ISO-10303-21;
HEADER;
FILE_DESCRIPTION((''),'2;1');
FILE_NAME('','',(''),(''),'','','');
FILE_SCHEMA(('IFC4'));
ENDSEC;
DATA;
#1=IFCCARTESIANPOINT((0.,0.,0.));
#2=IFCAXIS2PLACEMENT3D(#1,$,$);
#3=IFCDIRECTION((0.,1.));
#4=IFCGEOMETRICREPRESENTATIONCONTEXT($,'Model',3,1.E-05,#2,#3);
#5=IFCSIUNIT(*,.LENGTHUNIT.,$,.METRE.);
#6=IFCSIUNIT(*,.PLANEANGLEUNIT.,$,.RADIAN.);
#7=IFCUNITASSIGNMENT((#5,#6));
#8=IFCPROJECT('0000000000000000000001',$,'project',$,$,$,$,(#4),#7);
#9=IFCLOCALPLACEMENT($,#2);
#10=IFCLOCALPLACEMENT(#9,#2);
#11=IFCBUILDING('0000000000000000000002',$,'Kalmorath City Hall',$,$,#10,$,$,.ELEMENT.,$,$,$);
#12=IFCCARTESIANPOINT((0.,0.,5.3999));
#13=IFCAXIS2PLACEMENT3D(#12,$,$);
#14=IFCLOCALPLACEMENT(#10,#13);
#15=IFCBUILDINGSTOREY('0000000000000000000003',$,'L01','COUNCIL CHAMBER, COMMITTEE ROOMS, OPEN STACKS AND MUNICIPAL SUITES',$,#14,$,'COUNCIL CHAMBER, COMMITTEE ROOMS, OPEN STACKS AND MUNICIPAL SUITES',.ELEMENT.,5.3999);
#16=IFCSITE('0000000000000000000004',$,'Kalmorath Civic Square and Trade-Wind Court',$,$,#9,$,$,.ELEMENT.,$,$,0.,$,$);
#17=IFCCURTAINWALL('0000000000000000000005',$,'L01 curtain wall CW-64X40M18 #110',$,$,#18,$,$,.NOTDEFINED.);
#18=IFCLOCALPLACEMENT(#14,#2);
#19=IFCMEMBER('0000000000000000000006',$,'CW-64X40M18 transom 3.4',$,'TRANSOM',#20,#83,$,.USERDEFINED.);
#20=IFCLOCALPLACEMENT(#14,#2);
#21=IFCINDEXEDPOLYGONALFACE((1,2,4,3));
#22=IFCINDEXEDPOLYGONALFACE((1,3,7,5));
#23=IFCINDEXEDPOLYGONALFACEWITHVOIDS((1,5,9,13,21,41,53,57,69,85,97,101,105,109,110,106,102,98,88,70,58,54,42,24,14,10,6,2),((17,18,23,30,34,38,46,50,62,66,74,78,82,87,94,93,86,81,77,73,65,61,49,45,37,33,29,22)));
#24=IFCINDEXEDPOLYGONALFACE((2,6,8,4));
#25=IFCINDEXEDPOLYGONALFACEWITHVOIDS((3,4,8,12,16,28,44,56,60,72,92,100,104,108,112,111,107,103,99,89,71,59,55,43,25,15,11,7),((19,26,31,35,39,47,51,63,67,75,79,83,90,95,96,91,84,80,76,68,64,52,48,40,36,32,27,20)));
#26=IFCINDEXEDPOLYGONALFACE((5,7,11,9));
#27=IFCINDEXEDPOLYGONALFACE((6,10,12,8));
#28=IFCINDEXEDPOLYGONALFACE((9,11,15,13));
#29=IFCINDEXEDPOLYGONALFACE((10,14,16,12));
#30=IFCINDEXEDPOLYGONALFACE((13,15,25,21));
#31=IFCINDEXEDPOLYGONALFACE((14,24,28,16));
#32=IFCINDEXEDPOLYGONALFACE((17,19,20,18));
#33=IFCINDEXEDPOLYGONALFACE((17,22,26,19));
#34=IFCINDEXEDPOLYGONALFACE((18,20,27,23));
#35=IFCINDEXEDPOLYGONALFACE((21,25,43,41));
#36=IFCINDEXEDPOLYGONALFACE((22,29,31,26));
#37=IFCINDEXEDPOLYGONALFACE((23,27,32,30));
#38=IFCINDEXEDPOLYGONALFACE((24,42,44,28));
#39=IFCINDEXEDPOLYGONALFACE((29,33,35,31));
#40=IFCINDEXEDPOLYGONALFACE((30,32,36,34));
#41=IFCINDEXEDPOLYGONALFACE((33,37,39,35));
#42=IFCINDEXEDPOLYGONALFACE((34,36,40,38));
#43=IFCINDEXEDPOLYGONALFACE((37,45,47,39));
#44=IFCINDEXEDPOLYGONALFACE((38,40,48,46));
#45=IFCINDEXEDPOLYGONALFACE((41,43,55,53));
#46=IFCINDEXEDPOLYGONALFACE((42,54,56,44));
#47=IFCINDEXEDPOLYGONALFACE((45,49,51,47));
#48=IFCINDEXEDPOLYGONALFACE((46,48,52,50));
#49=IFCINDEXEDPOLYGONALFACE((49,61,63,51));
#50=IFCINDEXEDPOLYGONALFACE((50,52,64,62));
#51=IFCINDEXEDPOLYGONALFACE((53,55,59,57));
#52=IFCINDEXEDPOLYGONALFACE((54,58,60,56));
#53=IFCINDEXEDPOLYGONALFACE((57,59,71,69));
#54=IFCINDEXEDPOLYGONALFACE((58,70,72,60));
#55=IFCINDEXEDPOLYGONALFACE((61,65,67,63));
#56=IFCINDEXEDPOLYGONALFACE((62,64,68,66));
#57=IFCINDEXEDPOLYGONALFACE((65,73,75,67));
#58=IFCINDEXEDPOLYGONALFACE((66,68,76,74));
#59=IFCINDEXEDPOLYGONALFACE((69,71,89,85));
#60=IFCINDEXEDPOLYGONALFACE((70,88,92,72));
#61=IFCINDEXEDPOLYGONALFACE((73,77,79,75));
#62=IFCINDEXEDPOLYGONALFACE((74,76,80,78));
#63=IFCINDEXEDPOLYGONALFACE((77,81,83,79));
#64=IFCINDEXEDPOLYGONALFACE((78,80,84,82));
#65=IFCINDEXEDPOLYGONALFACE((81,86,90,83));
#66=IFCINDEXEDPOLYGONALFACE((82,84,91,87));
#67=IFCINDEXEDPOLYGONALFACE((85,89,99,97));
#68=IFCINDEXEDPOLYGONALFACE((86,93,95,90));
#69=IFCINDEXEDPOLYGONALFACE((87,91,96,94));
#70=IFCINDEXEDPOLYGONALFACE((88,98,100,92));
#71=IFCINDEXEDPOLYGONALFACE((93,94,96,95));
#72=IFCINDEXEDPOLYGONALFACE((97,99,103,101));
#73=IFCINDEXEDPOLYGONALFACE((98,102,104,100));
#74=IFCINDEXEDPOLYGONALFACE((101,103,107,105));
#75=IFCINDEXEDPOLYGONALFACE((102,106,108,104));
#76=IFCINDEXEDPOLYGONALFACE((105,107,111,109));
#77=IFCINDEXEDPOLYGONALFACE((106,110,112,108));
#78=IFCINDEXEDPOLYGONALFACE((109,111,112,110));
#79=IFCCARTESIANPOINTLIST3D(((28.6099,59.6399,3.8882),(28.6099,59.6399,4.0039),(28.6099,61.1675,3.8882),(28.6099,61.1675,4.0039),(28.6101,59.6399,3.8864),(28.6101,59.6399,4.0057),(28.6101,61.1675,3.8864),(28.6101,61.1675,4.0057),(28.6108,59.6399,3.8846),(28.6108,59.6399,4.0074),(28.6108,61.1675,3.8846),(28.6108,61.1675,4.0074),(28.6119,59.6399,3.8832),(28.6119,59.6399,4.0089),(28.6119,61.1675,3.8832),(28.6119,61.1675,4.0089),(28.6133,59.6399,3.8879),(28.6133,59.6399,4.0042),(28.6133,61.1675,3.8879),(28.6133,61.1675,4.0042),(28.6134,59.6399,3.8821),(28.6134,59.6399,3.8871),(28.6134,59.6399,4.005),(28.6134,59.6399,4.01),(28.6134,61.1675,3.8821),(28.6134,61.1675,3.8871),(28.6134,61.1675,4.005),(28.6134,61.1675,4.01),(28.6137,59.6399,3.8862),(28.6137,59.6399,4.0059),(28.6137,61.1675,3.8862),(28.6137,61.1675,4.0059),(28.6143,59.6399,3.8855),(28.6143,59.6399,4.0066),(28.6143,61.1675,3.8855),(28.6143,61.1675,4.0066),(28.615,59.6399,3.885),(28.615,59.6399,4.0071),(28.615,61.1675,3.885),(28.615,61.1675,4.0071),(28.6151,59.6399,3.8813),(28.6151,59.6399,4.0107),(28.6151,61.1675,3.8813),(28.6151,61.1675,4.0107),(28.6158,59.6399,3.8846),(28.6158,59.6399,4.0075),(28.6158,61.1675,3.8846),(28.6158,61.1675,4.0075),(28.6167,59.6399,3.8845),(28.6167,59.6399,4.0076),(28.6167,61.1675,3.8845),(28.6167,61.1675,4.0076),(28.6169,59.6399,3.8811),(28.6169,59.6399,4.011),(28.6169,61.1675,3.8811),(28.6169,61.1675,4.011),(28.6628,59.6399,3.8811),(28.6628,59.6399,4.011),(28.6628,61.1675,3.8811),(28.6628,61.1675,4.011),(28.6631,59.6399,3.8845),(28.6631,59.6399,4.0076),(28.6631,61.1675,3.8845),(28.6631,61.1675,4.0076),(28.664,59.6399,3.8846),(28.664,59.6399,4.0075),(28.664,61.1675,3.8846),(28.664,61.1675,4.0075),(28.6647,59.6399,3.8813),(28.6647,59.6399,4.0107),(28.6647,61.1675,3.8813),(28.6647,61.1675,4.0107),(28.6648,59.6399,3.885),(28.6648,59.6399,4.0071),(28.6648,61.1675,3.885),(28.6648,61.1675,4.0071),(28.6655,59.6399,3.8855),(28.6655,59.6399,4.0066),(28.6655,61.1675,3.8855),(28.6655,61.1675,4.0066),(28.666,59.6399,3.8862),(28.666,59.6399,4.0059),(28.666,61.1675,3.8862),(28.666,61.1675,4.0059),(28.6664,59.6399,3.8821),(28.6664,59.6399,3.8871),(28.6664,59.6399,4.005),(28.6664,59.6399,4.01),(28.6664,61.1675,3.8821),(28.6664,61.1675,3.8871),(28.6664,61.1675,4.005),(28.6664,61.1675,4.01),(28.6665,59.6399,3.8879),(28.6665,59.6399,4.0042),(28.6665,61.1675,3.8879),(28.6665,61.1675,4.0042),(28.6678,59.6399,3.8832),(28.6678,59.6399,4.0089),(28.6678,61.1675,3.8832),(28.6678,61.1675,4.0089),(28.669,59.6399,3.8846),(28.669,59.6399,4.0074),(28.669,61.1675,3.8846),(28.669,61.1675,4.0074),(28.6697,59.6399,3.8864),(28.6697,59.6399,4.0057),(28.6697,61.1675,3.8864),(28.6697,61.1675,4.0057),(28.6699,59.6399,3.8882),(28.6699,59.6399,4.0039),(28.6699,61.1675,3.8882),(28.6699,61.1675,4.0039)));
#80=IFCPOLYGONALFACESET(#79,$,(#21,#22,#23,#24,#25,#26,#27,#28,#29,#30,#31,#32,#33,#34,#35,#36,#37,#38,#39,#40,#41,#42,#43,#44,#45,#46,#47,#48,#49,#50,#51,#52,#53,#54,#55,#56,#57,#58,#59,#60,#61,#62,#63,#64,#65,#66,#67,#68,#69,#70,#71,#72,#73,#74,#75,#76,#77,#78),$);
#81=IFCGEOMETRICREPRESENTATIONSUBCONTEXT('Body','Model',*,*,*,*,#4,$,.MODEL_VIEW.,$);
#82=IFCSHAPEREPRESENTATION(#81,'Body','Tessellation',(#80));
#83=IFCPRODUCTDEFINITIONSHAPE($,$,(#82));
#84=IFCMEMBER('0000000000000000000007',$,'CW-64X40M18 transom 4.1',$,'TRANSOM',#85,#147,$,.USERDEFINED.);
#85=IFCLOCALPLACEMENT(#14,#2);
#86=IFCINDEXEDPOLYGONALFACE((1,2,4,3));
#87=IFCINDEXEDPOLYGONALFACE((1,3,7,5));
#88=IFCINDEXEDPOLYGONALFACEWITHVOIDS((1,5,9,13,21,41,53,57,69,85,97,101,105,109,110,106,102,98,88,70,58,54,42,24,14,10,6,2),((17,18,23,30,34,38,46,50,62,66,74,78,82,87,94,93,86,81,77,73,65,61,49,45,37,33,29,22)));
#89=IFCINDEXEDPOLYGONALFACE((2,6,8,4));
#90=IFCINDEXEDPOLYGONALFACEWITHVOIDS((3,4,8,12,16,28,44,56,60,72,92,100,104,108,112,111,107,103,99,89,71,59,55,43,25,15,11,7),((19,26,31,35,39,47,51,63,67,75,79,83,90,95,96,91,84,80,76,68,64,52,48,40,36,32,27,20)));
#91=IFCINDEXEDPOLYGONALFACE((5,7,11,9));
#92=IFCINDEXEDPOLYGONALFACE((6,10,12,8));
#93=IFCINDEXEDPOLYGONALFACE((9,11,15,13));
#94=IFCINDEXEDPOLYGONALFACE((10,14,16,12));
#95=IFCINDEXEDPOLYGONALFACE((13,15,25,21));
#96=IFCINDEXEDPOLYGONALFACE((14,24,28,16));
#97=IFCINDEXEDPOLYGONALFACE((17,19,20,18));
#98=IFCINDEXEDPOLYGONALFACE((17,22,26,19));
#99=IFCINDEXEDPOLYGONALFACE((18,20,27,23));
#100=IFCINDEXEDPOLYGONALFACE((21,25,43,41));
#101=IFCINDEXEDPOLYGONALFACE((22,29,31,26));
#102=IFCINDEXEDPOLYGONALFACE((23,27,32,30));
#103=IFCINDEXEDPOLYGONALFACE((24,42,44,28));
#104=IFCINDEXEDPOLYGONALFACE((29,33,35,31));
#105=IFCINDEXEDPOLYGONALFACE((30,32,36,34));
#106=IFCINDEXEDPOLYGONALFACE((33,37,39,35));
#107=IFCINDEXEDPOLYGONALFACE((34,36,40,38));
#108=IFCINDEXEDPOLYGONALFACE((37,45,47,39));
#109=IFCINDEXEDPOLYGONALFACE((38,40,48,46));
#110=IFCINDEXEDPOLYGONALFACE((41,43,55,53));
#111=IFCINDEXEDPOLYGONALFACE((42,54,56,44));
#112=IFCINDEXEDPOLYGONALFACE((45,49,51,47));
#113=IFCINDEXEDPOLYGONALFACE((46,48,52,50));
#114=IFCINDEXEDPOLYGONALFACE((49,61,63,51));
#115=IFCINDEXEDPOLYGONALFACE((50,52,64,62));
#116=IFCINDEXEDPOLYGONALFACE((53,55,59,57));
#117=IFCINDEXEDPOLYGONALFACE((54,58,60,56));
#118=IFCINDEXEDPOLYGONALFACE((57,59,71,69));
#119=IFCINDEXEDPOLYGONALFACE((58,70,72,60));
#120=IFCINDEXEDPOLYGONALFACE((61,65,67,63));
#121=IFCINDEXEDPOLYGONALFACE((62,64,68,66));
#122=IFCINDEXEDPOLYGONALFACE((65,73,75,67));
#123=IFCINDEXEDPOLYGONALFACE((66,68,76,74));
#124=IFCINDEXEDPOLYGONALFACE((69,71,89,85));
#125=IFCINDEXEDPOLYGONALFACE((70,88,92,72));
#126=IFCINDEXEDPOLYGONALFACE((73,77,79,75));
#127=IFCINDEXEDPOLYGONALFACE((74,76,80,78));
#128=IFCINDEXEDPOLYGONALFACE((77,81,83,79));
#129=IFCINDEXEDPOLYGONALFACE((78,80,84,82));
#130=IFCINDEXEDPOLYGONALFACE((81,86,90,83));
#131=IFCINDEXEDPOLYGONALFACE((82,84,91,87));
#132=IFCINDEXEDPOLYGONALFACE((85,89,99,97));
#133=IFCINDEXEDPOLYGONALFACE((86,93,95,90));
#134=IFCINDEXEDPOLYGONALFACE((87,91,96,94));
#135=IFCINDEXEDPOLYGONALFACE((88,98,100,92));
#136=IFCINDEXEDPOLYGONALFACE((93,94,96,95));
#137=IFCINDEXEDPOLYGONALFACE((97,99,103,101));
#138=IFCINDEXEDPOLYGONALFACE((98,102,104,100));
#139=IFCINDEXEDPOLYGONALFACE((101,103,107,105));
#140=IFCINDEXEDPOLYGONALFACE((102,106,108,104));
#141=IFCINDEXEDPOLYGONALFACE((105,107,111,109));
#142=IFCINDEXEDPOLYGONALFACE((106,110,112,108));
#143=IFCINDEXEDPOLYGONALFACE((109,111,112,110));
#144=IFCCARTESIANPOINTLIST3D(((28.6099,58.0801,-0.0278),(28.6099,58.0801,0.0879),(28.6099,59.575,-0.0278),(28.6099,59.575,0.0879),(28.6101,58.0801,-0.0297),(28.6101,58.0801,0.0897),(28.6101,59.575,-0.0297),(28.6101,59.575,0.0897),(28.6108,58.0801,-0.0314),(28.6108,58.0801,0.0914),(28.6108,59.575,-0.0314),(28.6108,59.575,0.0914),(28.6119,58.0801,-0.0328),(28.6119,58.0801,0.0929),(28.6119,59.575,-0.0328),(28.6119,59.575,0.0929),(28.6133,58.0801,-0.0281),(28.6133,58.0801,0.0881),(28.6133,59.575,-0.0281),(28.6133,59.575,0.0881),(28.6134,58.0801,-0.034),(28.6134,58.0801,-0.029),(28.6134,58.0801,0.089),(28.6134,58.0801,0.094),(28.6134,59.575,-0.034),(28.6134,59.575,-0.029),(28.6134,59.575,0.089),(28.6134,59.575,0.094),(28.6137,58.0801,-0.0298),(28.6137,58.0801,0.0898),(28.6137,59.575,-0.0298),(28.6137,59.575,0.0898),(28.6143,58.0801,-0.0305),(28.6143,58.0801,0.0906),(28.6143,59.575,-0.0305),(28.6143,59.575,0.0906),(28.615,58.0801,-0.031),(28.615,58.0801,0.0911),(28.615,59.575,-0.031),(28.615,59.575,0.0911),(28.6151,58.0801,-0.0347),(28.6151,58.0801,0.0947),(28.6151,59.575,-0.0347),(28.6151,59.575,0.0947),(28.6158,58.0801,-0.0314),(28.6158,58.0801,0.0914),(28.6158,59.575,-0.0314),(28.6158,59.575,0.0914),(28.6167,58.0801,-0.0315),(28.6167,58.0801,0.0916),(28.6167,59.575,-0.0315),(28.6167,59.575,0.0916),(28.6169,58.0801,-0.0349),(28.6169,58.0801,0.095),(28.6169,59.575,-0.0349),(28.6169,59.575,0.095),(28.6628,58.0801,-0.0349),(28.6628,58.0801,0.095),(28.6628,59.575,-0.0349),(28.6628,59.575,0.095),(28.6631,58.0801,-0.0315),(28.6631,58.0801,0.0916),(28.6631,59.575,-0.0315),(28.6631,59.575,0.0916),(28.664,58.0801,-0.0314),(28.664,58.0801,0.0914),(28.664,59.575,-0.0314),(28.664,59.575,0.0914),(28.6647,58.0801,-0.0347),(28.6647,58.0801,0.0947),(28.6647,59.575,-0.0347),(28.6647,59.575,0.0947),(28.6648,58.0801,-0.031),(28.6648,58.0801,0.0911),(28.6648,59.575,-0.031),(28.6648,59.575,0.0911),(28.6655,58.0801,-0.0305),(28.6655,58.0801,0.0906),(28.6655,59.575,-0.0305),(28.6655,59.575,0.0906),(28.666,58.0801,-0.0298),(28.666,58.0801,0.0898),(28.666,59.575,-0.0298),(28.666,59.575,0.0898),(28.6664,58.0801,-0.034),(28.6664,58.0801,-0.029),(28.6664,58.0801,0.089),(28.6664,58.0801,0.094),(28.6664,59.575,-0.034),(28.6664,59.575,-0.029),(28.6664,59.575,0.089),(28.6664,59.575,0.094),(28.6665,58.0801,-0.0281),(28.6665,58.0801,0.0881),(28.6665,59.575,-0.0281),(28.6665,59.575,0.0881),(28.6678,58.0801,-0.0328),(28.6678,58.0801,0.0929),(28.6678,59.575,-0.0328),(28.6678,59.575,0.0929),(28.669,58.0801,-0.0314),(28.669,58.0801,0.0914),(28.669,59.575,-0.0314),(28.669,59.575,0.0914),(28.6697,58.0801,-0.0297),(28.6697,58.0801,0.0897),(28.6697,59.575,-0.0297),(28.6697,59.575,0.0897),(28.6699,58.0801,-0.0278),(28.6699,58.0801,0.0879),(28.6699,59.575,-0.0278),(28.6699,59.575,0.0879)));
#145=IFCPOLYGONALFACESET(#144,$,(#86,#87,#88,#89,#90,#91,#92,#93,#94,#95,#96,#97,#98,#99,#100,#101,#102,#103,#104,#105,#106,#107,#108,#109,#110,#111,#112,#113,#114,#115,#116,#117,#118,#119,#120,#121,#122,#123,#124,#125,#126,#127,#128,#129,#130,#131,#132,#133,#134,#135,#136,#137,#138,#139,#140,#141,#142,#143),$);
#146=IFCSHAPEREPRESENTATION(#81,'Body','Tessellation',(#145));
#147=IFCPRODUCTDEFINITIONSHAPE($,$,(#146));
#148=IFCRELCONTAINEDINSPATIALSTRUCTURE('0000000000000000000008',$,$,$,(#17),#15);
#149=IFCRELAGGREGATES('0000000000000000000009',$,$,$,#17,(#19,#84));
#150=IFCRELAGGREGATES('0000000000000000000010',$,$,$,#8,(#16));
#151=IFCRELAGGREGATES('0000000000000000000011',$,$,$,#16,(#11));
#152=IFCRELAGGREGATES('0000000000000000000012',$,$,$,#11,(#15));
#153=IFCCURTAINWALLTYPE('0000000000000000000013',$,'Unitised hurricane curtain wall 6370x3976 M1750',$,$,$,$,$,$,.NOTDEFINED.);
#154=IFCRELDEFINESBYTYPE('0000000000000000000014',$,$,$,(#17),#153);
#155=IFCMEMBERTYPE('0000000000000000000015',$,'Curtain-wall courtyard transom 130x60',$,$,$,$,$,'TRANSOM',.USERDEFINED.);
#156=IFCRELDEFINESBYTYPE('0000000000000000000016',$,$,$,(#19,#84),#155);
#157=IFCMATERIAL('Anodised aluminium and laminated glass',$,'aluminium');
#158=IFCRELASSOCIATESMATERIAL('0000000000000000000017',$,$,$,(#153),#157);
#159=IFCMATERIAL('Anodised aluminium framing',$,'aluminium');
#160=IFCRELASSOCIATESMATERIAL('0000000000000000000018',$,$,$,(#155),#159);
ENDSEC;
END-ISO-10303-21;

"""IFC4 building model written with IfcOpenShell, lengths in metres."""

from ifc_helpers import new_model, si_unit, direction, frame, origin, origin_2d, place, context, subcontext, project, spatial, hollow_rectangle, extrude, material, material_profile, profile_set, type_object, element, aggregate, save


model = new_model("IFC4")

# Units and contexts
model_context = context("Model", 3, precision=1e-05, world=origin(), true_north=direction((0.0, 1.0)))
body_context = subcontext(model_context, "Body", "Model", "MODEL_VIEW")
ifc_project = project(units=[si_unit("LENGTHUNIT", "METRE"), si_unit("PLANEANGLEUNIT", "RADIAN")], contexts=[model_context])

# Site, building, storey
site_placement = place(None, origin())
site = spatial("IfcSite", under=ifc_project, at=site_placement, Name="Kalmorath Civic Square and Trade-Wind Court", CompositionType="ELEMENT", RefElevation=0.0)
building_placement = place(site_placement, origin())
building = spatial("IfcBuilding", under=site, at=building_placement, Name="Kalmorath City Hall", CompositionType="ELEMENT")
storey_placement = place(building_placement, frame((0.0, 0.0, 5.3999)))
storey = spatial("IfcBuildingStorey", under=building, at=storey_placement, Name="L01", Description="COUNCIL CHAMBER, COMMITTEE ROOMS, OPEN STACKS AND MUNICIPAL SUITES", LongName="COUNCIL CHAMBER, COMMITTEE ROOMS, OPEN STACKS AND MUNICIPAL SUITES", CompositionType="ELEMENT", Elevation=5.3999)

# Curtain wall, members
ifc_material_1 = material(Name="Anodised aluminium and laminated glass", Category="aluminium")
curtain_wall_type = type_object("IfcCurtainWallType", Name="Unitised hurricane curtain wall 6370x3976 M1750", PredefinedType="NOTDEFINED", material=ifc_material_1)
curtain_wall_placement = place(storey_placement, origin())
curtain_wall = element("IfcCurtainWall", 1, at=curtain_wall_placement, inside=storey, type_object=curtain_wall_type, Name="L01 curtain wall CW-64X40M18 #110", PredefinedType="NOTDEFINED")
ifc_material_2 = material(Name="Anodised aluminium framing", Category="aluminium")
ifc_material_profile_1 = material_profile(ifc_material_2, hollow_rectangle(XDim=0.0601, YDim=0.1299, WallThickness=0.0034, InnerFilletRadius=0.0034, OuterFilletRadius=0.0071, at=origin_2d()), Name="ALU-TRN-130X60X3.5")
ifc_profile_set_1 = profile_set([ifc_material_profile_1], Name="Anodised aluminium framing")
member_type_1 = type_object("IfcMemberType", Name="Curtain-wall courtyard transom 130x60", ElementType="TRANSOM", PredefinedType="USERDEFINED", material=ifc_profile_set_1)
member_1_placement = place(storey_placement, frame((28.6399, 61.1675, 3.946), z_axis=(0.0, -1.0, 0.0), x_axis=(1.0, 0.0, 0.0)))
member_1 = element("IfcMember", 2, at=member_1_placement, type_object=member_type_1, Name="CW-64X40M18 transom 3.4", ObjectType="TRANSOM", PredefinedType="USERDEFINED", context=body_context, shape_type="SweptSolid", body=[
    extrude(hollow_rectangle(XDim=0.0601, YDim=0.1299, WallThickness=0.0034, InnerFilletRadius=0.0034, OuterFilletRadius=0.0071, at=origin_2d()), origin(), (0.0, 0.0, 1.0), 1.5276),
])
member_2_placement = place(storey_placement, frame((28.6399, 59.575, 0.03), z_axis=(0.0, -1.0, 0.0), x_axis=(1.0, 0.0, 0.0)))
member_2 = element("IfcMember", 3, at=member_2_placement, type_object=member_type_1, Name="CW-64X40M18 transom 4.1", ObjectType="TRANSOM", PredefinedType="USERDEFINED", context=body_context, shape_type="SweptSolid", body=[
    extrude(hollow_rectangle(XDim=0.0601, YDim=0.1299, WallThickness=0.0034, InnerFilletRadius=0.0034, OuterFilletRadius=0.0071, at=origin_2d()), origin(), (0.0, 0.0, 1.0), 1.4949),
])

aggregate(curtain_wall, [member_1, member_2])

save(model, "model.ifc")
